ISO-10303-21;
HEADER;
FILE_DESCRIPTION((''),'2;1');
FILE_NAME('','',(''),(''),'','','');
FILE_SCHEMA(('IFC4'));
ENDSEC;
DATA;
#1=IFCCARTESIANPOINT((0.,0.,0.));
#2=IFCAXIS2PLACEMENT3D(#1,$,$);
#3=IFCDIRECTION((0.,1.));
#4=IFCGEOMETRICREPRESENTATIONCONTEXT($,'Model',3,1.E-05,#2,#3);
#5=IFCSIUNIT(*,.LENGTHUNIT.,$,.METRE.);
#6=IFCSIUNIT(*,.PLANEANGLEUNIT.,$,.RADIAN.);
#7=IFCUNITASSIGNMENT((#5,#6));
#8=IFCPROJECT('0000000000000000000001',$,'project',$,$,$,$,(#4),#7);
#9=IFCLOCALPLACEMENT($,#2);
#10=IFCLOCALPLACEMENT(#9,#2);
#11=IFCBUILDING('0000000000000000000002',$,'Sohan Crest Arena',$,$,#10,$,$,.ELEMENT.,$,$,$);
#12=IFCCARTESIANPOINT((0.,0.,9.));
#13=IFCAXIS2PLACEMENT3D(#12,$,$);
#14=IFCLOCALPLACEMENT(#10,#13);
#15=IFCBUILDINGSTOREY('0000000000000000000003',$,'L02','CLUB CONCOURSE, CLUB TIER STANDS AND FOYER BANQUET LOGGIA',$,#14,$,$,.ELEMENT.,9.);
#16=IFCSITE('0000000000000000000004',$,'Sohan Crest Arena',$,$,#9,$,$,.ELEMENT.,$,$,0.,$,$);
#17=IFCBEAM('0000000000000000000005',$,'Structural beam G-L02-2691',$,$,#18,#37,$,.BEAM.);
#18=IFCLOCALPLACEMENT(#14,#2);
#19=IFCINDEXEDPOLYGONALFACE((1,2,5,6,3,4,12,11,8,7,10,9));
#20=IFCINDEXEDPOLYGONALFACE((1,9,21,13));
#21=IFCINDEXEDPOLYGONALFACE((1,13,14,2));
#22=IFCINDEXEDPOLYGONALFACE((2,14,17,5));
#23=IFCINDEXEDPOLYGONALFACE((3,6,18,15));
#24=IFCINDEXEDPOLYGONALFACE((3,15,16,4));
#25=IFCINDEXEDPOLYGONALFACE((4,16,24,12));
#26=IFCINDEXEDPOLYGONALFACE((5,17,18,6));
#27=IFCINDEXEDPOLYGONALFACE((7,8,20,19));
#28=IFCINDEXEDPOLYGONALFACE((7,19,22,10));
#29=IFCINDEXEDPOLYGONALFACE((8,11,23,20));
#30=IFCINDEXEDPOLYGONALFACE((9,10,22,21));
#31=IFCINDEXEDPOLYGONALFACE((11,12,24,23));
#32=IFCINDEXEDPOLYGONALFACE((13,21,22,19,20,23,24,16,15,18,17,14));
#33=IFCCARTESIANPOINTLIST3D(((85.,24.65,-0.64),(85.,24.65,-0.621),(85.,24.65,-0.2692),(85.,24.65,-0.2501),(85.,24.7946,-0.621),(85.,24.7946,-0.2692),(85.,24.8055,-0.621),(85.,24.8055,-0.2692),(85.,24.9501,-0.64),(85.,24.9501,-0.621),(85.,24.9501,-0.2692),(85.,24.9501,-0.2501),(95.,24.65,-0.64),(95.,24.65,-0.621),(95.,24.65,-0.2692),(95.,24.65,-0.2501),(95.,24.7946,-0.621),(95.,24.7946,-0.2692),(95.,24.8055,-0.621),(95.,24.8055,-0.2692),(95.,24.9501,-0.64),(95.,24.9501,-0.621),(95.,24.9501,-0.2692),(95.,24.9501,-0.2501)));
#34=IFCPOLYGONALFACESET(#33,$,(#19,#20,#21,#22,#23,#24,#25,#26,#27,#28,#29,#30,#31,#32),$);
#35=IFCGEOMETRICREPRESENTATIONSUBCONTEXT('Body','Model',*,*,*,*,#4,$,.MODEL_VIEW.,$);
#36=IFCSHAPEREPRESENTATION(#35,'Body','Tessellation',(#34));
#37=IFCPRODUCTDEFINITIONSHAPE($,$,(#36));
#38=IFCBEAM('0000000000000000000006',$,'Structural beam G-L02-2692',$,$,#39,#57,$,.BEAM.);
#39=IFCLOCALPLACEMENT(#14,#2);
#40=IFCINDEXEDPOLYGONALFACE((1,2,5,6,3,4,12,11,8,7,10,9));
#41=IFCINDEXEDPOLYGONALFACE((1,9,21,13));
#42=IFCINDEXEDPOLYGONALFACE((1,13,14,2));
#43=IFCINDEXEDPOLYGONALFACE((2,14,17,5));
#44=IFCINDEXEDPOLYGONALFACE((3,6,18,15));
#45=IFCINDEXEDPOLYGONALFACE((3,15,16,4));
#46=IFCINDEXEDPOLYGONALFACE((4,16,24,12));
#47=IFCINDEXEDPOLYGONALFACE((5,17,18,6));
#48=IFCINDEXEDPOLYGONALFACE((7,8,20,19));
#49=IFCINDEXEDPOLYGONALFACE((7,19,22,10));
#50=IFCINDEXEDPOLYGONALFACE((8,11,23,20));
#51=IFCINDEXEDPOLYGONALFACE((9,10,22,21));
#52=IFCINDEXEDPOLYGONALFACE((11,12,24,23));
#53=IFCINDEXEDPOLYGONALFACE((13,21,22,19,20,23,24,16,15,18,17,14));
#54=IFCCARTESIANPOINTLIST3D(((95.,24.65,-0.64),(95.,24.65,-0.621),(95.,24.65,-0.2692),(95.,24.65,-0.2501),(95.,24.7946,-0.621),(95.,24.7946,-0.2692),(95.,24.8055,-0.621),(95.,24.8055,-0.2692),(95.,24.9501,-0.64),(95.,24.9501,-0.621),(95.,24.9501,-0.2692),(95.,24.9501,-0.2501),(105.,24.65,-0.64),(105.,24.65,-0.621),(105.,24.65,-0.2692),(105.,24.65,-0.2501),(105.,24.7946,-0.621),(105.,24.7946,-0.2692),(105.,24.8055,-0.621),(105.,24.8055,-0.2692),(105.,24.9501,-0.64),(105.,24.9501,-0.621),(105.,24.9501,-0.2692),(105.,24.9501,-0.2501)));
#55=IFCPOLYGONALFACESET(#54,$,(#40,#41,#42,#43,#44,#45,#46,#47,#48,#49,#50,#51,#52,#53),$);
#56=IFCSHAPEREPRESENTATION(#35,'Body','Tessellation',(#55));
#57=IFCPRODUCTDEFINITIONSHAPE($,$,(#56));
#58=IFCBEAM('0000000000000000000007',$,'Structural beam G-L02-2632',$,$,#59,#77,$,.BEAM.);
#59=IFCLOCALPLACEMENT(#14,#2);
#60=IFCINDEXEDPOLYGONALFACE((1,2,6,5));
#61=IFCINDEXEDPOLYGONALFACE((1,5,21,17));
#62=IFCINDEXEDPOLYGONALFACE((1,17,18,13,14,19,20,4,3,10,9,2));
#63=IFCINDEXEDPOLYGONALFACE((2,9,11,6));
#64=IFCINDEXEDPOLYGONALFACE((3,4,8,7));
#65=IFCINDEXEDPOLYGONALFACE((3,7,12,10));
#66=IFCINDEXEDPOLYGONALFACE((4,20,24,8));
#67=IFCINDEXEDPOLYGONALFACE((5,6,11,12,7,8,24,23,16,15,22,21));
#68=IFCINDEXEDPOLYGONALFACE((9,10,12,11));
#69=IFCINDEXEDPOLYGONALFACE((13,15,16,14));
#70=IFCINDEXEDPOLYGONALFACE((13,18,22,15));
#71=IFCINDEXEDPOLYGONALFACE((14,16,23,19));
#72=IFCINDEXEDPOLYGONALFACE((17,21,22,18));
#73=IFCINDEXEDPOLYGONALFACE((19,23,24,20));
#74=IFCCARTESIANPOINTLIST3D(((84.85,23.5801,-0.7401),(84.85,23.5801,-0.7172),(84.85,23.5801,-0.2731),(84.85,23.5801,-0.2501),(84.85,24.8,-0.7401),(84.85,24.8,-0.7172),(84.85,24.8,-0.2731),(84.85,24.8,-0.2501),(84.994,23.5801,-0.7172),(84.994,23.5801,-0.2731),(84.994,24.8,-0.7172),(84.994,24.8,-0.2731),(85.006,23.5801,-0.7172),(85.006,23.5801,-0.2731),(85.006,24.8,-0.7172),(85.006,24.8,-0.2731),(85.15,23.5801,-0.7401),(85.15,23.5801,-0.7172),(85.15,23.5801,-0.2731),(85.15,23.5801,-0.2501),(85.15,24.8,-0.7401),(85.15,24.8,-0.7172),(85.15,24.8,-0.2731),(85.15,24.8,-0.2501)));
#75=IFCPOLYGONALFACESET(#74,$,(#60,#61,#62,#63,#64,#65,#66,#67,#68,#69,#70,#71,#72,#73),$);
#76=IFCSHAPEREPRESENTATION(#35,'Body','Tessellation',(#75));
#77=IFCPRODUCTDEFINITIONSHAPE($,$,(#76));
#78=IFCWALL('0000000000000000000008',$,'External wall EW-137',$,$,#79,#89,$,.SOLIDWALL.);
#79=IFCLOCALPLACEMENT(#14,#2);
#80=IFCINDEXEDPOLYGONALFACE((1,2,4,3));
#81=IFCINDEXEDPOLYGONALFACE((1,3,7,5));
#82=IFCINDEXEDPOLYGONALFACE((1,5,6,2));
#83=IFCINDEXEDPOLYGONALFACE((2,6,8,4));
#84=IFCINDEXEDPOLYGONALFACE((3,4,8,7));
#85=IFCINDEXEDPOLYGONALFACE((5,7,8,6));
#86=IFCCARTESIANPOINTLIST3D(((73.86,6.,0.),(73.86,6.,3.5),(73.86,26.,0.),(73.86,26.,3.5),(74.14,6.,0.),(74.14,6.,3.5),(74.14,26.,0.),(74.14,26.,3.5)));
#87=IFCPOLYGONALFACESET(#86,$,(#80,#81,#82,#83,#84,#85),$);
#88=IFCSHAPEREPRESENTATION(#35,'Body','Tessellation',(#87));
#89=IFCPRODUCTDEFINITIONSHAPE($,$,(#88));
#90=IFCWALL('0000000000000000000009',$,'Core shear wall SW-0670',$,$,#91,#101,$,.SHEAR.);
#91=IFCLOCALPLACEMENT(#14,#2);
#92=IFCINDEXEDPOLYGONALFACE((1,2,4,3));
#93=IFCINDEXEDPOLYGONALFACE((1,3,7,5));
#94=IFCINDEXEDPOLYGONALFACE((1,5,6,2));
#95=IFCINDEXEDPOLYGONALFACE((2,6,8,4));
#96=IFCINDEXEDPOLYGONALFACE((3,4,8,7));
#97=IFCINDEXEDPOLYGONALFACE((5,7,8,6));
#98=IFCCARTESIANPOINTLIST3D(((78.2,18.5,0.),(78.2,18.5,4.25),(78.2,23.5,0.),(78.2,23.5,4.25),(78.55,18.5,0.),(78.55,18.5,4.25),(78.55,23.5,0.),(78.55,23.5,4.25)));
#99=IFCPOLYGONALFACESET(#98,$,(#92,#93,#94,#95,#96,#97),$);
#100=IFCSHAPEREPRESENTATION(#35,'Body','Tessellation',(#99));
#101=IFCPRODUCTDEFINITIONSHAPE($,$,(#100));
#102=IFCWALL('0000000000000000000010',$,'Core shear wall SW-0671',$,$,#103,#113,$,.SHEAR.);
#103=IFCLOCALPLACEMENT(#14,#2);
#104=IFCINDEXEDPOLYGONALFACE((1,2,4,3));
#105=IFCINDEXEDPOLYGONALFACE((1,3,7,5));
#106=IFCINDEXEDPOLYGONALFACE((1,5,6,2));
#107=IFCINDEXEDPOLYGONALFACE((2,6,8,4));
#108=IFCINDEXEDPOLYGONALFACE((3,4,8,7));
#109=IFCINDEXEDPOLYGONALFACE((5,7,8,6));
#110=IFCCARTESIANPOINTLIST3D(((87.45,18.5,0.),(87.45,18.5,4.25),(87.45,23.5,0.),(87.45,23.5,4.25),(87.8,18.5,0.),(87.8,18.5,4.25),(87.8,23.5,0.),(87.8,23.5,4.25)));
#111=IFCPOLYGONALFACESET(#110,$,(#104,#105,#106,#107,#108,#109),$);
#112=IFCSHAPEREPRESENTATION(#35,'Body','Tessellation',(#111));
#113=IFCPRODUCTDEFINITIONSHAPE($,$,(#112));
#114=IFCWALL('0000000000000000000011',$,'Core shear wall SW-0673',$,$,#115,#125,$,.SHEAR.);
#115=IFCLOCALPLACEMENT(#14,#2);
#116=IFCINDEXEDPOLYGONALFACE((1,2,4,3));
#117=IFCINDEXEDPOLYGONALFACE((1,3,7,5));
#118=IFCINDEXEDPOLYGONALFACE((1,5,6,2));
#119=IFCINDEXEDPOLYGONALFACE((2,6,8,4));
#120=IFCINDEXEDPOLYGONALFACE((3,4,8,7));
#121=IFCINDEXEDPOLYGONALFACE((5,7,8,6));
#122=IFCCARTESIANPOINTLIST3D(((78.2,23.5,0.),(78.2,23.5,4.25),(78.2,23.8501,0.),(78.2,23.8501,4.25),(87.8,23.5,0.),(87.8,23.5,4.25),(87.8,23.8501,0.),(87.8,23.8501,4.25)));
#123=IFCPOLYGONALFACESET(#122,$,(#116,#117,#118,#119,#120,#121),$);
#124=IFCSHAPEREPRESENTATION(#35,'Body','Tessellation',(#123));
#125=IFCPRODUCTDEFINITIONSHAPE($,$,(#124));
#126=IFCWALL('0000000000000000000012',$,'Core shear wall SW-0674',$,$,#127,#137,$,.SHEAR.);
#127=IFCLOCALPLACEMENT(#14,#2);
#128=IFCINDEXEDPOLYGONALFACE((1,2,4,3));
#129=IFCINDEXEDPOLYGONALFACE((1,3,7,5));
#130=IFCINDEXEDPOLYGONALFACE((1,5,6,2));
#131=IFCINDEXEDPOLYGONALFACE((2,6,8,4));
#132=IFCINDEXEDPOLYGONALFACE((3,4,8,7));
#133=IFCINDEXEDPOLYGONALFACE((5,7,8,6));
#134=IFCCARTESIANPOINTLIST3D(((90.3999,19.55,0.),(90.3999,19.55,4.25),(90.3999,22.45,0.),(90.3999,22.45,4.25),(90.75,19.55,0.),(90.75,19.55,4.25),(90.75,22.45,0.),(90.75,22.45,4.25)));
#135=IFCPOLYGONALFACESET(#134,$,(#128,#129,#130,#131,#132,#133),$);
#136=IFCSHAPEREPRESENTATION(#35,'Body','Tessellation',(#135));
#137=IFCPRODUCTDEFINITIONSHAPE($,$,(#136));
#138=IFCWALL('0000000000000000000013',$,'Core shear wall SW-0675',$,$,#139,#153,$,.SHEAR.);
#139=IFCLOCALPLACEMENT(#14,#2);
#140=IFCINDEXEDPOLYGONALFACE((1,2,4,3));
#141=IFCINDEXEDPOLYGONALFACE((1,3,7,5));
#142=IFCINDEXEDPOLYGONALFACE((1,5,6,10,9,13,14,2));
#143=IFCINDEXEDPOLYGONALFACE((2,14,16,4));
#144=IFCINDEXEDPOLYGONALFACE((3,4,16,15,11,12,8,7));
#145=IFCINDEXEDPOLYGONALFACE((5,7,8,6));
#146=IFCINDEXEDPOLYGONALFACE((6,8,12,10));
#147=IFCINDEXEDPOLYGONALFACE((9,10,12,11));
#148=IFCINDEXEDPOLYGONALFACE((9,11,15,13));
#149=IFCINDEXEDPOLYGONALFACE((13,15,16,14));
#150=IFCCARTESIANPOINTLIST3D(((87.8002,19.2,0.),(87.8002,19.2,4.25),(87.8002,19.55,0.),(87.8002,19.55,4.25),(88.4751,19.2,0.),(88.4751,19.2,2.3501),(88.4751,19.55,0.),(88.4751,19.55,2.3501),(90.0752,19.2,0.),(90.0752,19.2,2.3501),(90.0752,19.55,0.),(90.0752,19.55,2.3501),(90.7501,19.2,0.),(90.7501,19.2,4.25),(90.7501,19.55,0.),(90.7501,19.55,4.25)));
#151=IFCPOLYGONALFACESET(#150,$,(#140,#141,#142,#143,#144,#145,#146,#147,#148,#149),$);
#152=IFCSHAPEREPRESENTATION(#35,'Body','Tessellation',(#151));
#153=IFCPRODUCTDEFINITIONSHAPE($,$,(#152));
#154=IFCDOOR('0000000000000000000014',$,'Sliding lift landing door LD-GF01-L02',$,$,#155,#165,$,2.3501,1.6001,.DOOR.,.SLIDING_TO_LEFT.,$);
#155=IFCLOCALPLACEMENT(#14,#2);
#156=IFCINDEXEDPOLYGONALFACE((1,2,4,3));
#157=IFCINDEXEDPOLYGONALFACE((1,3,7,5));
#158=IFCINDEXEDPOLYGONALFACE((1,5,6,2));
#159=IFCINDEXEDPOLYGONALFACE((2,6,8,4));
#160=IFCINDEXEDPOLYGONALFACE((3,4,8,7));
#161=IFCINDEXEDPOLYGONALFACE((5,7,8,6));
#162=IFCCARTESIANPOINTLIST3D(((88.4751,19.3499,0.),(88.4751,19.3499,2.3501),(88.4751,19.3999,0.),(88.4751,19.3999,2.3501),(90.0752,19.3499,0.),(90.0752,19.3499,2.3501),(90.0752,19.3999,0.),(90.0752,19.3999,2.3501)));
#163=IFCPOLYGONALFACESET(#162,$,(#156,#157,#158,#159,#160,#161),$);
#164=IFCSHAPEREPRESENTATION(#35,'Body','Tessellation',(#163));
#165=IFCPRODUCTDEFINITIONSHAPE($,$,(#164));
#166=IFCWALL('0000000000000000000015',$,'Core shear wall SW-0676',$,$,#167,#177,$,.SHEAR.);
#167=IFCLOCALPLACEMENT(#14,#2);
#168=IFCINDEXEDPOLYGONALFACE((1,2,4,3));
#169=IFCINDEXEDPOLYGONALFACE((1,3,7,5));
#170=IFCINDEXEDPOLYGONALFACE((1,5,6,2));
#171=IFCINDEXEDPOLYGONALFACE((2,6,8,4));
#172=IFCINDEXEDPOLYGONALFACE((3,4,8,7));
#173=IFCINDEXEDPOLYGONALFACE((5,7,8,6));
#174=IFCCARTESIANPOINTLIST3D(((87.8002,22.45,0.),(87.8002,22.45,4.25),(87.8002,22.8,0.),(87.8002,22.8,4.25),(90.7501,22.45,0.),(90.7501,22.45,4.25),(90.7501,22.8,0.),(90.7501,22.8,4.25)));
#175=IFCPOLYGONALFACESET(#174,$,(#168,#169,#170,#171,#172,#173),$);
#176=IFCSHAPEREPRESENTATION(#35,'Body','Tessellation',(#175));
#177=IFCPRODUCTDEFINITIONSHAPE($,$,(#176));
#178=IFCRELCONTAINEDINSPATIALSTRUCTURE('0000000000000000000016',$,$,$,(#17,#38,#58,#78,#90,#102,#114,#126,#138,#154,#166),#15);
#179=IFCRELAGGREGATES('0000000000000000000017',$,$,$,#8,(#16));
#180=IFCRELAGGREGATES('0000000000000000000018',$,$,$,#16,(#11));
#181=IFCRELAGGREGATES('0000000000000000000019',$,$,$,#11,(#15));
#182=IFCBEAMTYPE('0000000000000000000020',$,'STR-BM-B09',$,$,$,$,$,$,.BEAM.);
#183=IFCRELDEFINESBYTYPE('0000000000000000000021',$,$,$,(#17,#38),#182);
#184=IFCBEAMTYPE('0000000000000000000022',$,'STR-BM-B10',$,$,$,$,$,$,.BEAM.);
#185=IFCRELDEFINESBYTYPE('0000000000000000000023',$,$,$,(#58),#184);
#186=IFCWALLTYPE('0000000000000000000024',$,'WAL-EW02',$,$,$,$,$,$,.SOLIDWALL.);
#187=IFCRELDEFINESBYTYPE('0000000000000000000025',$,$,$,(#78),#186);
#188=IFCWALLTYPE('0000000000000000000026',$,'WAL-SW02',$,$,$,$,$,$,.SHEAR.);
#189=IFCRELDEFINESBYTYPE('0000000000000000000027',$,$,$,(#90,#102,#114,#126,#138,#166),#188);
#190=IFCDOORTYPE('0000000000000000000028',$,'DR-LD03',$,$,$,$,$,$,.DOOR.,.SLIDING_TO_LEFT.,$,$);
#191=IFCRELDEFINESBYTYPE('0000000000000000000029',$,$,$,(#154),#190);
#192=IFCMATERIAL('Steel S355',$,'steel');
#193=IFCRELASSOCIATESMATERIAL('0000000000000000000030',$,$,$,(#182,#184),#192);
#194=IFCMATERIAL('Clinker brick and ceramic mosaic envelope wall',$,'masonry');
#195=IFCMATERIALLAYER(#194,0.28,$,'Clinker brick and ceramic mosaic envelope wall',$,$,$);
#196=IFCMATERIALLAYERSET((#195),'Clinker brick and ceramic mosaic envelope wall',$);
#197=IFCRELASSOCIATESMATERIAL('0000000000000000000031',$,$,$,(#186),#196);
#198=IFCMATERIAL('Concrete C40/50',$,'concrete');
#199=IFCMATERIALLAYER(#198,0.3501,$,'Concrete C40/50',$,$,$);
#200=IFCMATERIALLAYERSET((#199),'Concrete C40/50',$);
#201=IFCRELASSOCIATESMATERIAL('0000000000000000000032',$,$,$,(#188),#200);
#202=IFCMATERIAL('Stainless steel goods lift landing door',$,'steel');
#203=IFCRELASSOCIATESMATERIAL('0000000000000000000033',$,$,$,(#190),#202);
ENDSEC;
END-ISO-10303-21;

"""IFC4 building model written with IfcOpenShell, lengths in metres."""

from ifc_helpers import new_model, si_unit, direction, frame, frame_2d, origin, origin_2d, place, context, subcontext, project, spatial, rectangle, i_section, extrude, material, layer, layer_set, material_profile, profile_set, type_object, element, fill, save


model = new_model("IFC4")

# Units and contexts
model_context = context("Model", 3, precision=1e-05, world=origin(), true_north=direction((0.0, 1.0)))
body_context = subcontext(model_context, "Body", "Model", "MODEL_VIEW")
ifc_project = project(units=[si_unit("LENGTHUNIT", "METRE"), si_unit("PLANEANGLEUNIT", "RADIAN")], contexts=[model_context])

# Site, building, storey
site_placement = place(None, origin())
site = spatial("IfcSite", under=ifc_project, at=site_placement, Name="Sohan Crest Arena", CompositionType="ELEMENT", RefElevation=0.0)
building_placement = place(site_placement, origin())
building = spatial("IfcBuilding", under=site, at=building_placement, Name="Sohan Crest Arena", CompositionType="ELEMENT")
storey_placement = place(building_placement, frame((0.0, 0.0, 9.0)))
storey = spatial("IfcBuildingStorey", under=building, at=storey_placement, Name="L02", Description="CLUB CONCOURSE, CLUB TIER STANDS AND FOYER BANQUET LOGGIA", CompositionType="ELEMENT", Elevation=9.0)

# Shared definitions
ifc_material_1 = material(Name="Steel S355", Category="steel")

# Beams
ifc_material_profile_1 = material_profile(ifc_material_1, i_section(OverallWidth=0.3, OverallDepth=0.3899, WebThickness=0.011, FlangeThickness=0.019, at=origin_2d()), Name="HEA 400")
ifc_profile_set_1 = profile_set([ifc_material_profile_1], Name="Steel S355")
beam_type_1 = type_object("IfcBeamType", Name="STR-BM-B09", PredefinedType="BEAM", material=ifc_profile_set_1)
for number, where, z_axis, x_axis, name in (
    (1, (85.0, 24.8, -0.4451), (1.0, 0.0, 0.0), (0.0, 1.0, 0.0), "Structural beam G-L02-2691"),
    (2, (95.0, 24.8, -0.4451), (1.0, 0.0, 0.0), (0.0, 1.0, 0.0), "Structural beam G-L02-2692"),
):
    element("IfcBeam", number, at=place(storey_placement, frame(where, z_axis=z_axis, x_axis=x_axis)), inside=storey, type_object=beam_type_1, Name=name, PredefinedType="BEAM", context=body_context, shape_type="SweptSolid", body=[
        extrude(i_section(OverallWidth=0.3, OverallDepth=0.3899, WebThickness=0.011, FlangeThickness=0.019, at=origin_2d()), origin(), (0.0, 0.0, 1.0), 10.0),
    ])
ifc_material_profile_2 = material_profile(ifc_material_1, i_section(OverallWidth=0.3, OverallDepth=0.49, WebThickness=0.012, FlangeThickness=0.0229, at=origin_2d()), Name="HEA 500")
ifc_profile_set_2 = profile_set([ifc_material_profile_2], Name="Steel S355")
beam_type_2 = type_object("IfcBeamType", Name="STR-BM-B10", PredefinedType="BEAM", material=ifc_profile_set_2)
beam_1_placement = place(storey_placement, frame((85.0, 23.5801, -0.4951), z_axis=(0.0, 1.0, 0.0), x_axis=(-1.0, 0.0, 0.0)))
element("IfcBeam", 3, at=beam_1_placement, inside=storey, type_object=beam_type_2, Name="Structural beam G-L02-2632", PredefinedType="BEAM", context=body_context, shape_type="SweptSolid", body=[
    extrude(i_section(OverallWidth=0.3, OverallDepth=0.49, WebThickness=0.012, FlangeThickness=0.0229, at=origin_2d()), origin(), (0.0, 0.0, 1.0), 1.22),
])

# Walls
ifc_material_2 = material(Name="Clinker brick and ceramic mosaic envelope wall", Category="masonry")
ifc_layer_1 = layer(ifc_material_2, 0.28, Name="Clinker brick and ceramic mosaic envelope wall")
ifc_layer_set_1 = layer_set([ifc_layer_1], Name="Clinker brick and ceramic mosaic envelope wall")
wall_type_1 = type_object("IfcWallType", Name="WAL-EW02", PredefinedType="SOLIDWALL", material=ifc_layer_set_1)
wall_1_placement = place(storey_placement, frame((74.0, 26.0, 0.0), z_axis=(0.0, 0.0, 1.0), x_axis=(0.0, -1.0, 0.0)))
element("IfcWall", 4, at=wall_1_placement, inside=storey, type_object=wall_type_1, Name="External wall EW-137", PredefinedType="SOLIDWALL", context=body_context, shape_type="SweptSolid", body=[
    extrude(rectangle(XDim=20.0, YDim=0.28, at=frame_2d((10.0, 0.0))), origin(), (0.0, 0.0, 1.0), 3.5),
])
ifc_material_3 = material(Name="Concrete C40/50", Category="concrete")
ifc_layer_2 = layer(ifc_material_3, 0.3501, Name="Concrete C40/50")
ifc_layer_set_2 = layer_set([ifc_layer_2], Name="Concrete C40/50")
wall_type_2 = type_object("IfcWallType", Name="WAL-SW02", PredefinedType="SHEAR", material=ifc_layer_set_2)
for number, where, z_axis, x_axis, name in (
    (5, (78.375, 18.5, 0.0), (0.0, 0.0, 1.0), (0.0, 1.0, 0.0), "Core shear wall SW-0670"),
    (6, (87.625, 18.5, 0.0), (0.0, 0.0, 1.0), (0.0, 1.0, 0.0), "Core shear wall SW-0671"),
):
    element("IfcWall", number, at=place(storey_placement, frame(where, z_axis=z_axis, x_axis=x_axis)), inside=storey, type_object=wall_type_2, Name=name, PredefinedType="SHEAR", context=body_context, shape_type="SweptSolid", body=[
        extrude(rectangle(XDim=5.0, YDim=0.3501, at=frame_2d((2.5, 0.0))), origin(), (0.0, 0.0, 1.0), 4.25),
    ])
wall_2_placement = place(storey_placement, frame((78.2, 23.675, 0.0), z_axis=(0.0, 0.0, 1.0), x_axis=(1.0, 0.0, 0.0)))
element("IfcWall", 7, at=wall_2_placement, inside=storey, type_object=wall_type_2, Name="Core shear wall SW-0673", PredefinedType="SHEAR", context=body_context, shape_type="SweptSolid", body=[
    extrude(rectangle(XDim=9.6001, YDim=0.3501, at=frame_2d((4.8, 0.0))), origin(), (0.0, 0.0, 1.0), 4.25),
])
wall_3_placement = place(storey_placement, frame((90.575, 19.55, 0.0), z_axis=(0.0, 0.0, 1.0), x_axis=(0.0, 1.0, 0.0)))
element("IfcWall", 8, at=wall_3_placement, inside=storey, type_object=wall_type_2, Name="Core shear wall SW-0674", PredefinedType="SHEAR", context=body_context, shape_type="SweptSolid", body=[
    extrude(rectangle(XDim=2.8999, YDim=0.3501, at=frame_2d((1.45, 0.0))), origin(), (0.0, 0.0, 1.0), 4.25),
])

# Wall, opening, door
wall_4_placement = place(storey_placement, frame((87.8, 19.375, 0.0), z_axis=(0.0, 0.0, 1.0), x_axis=(1.0, 0.0, 0.0)))
wall_4 = element("IfcWall", 9, at=wall_4_placement, inside=storey, type_object=wall_type_2, Name="Core shear wall SW-0675", PredefinedType="SHEAR", context=body_context, shape_type="SweptSolid", body=[
    extrude(rectangle(XDim=2.95, YDim=0.3501, at=frame_2d((1.4751, 0.0))), origin(), (0.0, 0.0, 1.0), 4.25),
])
opening_placement = place(wall_4_placement, frame((0.675, 0.0, 0.0)))
opening = element("IfcOpeningElement", 10, at=opening_placement, cuts=wall_4, PredefinedType="OPENING", context=body_context, shape_type="SweptSolid", body=[
    extrude(rectangle(XDim=1.6001, YDim=2.3501, at=frame_2d((0.8, 1.175))), frame((0.0, 0.1851, 0.0), z_axis=(0.0, -1.0, 0.0), x_axis=(1.0, 0.0, 0.0)), (0.0, 0.0, 1.0), 0.3701),
])
ifc_material_4 = material(Name="Stainless steel goods lift landing door", Category="steel")
door_type = type_object("IfcDoorType", Name="DR-LD03", OperationType="SLIDING_TO_LEFT", PredefinedType="DOOR", material=ifc_material_4)
door_placement = place(opening_placement, origin())
door = element("IfcDoor", 11, at=door_placement, inside=storey, type_object=door_type, Name="Sliding lift landing door LD-GF01-L02", OperationType="SLIDING_TO_LEFT", OverallHeight=2.3501, OverallWidth=1.6001, PredefinedType="DOOR", context=body_context, shape_type="SweptSolid", body=[
    extrude(rectangle(XDim=1.6001, YDim=2.3501, at=frame_2d((0.8, 1.175))), frame((0.0, 0.0249, 0.0), z_axis=(0.0, -1.0, 0.0), x_axis=(1.0, 0.0, 0.0)), (0.0, 0.0, 1.0), 0.05),
])
fill(opening, door)

# Wall
wall_5_placement = place(storey_placement, frame((87.8, 22.625, 0.0), z_axis=(0.0, 0.0, 1.0), x_axis=(1.0, 0.0, 0.0)))
element("IfcWall", 12, at=wall_5_placement, inside=storey, type_object=wall_type_2, Name="Core shear wall SW-0676", PredefinedType="SHEAR", context=body_context, shape_type="SweptSolid", body=[
    extrude(rectangle(XDim=2.95, YDim=0.3501, at=frame_2d((1.4751, 0.0))), origin(), (0.0, 0.0, 1.0), 4.25),
])

save(model, "model.ifc")
